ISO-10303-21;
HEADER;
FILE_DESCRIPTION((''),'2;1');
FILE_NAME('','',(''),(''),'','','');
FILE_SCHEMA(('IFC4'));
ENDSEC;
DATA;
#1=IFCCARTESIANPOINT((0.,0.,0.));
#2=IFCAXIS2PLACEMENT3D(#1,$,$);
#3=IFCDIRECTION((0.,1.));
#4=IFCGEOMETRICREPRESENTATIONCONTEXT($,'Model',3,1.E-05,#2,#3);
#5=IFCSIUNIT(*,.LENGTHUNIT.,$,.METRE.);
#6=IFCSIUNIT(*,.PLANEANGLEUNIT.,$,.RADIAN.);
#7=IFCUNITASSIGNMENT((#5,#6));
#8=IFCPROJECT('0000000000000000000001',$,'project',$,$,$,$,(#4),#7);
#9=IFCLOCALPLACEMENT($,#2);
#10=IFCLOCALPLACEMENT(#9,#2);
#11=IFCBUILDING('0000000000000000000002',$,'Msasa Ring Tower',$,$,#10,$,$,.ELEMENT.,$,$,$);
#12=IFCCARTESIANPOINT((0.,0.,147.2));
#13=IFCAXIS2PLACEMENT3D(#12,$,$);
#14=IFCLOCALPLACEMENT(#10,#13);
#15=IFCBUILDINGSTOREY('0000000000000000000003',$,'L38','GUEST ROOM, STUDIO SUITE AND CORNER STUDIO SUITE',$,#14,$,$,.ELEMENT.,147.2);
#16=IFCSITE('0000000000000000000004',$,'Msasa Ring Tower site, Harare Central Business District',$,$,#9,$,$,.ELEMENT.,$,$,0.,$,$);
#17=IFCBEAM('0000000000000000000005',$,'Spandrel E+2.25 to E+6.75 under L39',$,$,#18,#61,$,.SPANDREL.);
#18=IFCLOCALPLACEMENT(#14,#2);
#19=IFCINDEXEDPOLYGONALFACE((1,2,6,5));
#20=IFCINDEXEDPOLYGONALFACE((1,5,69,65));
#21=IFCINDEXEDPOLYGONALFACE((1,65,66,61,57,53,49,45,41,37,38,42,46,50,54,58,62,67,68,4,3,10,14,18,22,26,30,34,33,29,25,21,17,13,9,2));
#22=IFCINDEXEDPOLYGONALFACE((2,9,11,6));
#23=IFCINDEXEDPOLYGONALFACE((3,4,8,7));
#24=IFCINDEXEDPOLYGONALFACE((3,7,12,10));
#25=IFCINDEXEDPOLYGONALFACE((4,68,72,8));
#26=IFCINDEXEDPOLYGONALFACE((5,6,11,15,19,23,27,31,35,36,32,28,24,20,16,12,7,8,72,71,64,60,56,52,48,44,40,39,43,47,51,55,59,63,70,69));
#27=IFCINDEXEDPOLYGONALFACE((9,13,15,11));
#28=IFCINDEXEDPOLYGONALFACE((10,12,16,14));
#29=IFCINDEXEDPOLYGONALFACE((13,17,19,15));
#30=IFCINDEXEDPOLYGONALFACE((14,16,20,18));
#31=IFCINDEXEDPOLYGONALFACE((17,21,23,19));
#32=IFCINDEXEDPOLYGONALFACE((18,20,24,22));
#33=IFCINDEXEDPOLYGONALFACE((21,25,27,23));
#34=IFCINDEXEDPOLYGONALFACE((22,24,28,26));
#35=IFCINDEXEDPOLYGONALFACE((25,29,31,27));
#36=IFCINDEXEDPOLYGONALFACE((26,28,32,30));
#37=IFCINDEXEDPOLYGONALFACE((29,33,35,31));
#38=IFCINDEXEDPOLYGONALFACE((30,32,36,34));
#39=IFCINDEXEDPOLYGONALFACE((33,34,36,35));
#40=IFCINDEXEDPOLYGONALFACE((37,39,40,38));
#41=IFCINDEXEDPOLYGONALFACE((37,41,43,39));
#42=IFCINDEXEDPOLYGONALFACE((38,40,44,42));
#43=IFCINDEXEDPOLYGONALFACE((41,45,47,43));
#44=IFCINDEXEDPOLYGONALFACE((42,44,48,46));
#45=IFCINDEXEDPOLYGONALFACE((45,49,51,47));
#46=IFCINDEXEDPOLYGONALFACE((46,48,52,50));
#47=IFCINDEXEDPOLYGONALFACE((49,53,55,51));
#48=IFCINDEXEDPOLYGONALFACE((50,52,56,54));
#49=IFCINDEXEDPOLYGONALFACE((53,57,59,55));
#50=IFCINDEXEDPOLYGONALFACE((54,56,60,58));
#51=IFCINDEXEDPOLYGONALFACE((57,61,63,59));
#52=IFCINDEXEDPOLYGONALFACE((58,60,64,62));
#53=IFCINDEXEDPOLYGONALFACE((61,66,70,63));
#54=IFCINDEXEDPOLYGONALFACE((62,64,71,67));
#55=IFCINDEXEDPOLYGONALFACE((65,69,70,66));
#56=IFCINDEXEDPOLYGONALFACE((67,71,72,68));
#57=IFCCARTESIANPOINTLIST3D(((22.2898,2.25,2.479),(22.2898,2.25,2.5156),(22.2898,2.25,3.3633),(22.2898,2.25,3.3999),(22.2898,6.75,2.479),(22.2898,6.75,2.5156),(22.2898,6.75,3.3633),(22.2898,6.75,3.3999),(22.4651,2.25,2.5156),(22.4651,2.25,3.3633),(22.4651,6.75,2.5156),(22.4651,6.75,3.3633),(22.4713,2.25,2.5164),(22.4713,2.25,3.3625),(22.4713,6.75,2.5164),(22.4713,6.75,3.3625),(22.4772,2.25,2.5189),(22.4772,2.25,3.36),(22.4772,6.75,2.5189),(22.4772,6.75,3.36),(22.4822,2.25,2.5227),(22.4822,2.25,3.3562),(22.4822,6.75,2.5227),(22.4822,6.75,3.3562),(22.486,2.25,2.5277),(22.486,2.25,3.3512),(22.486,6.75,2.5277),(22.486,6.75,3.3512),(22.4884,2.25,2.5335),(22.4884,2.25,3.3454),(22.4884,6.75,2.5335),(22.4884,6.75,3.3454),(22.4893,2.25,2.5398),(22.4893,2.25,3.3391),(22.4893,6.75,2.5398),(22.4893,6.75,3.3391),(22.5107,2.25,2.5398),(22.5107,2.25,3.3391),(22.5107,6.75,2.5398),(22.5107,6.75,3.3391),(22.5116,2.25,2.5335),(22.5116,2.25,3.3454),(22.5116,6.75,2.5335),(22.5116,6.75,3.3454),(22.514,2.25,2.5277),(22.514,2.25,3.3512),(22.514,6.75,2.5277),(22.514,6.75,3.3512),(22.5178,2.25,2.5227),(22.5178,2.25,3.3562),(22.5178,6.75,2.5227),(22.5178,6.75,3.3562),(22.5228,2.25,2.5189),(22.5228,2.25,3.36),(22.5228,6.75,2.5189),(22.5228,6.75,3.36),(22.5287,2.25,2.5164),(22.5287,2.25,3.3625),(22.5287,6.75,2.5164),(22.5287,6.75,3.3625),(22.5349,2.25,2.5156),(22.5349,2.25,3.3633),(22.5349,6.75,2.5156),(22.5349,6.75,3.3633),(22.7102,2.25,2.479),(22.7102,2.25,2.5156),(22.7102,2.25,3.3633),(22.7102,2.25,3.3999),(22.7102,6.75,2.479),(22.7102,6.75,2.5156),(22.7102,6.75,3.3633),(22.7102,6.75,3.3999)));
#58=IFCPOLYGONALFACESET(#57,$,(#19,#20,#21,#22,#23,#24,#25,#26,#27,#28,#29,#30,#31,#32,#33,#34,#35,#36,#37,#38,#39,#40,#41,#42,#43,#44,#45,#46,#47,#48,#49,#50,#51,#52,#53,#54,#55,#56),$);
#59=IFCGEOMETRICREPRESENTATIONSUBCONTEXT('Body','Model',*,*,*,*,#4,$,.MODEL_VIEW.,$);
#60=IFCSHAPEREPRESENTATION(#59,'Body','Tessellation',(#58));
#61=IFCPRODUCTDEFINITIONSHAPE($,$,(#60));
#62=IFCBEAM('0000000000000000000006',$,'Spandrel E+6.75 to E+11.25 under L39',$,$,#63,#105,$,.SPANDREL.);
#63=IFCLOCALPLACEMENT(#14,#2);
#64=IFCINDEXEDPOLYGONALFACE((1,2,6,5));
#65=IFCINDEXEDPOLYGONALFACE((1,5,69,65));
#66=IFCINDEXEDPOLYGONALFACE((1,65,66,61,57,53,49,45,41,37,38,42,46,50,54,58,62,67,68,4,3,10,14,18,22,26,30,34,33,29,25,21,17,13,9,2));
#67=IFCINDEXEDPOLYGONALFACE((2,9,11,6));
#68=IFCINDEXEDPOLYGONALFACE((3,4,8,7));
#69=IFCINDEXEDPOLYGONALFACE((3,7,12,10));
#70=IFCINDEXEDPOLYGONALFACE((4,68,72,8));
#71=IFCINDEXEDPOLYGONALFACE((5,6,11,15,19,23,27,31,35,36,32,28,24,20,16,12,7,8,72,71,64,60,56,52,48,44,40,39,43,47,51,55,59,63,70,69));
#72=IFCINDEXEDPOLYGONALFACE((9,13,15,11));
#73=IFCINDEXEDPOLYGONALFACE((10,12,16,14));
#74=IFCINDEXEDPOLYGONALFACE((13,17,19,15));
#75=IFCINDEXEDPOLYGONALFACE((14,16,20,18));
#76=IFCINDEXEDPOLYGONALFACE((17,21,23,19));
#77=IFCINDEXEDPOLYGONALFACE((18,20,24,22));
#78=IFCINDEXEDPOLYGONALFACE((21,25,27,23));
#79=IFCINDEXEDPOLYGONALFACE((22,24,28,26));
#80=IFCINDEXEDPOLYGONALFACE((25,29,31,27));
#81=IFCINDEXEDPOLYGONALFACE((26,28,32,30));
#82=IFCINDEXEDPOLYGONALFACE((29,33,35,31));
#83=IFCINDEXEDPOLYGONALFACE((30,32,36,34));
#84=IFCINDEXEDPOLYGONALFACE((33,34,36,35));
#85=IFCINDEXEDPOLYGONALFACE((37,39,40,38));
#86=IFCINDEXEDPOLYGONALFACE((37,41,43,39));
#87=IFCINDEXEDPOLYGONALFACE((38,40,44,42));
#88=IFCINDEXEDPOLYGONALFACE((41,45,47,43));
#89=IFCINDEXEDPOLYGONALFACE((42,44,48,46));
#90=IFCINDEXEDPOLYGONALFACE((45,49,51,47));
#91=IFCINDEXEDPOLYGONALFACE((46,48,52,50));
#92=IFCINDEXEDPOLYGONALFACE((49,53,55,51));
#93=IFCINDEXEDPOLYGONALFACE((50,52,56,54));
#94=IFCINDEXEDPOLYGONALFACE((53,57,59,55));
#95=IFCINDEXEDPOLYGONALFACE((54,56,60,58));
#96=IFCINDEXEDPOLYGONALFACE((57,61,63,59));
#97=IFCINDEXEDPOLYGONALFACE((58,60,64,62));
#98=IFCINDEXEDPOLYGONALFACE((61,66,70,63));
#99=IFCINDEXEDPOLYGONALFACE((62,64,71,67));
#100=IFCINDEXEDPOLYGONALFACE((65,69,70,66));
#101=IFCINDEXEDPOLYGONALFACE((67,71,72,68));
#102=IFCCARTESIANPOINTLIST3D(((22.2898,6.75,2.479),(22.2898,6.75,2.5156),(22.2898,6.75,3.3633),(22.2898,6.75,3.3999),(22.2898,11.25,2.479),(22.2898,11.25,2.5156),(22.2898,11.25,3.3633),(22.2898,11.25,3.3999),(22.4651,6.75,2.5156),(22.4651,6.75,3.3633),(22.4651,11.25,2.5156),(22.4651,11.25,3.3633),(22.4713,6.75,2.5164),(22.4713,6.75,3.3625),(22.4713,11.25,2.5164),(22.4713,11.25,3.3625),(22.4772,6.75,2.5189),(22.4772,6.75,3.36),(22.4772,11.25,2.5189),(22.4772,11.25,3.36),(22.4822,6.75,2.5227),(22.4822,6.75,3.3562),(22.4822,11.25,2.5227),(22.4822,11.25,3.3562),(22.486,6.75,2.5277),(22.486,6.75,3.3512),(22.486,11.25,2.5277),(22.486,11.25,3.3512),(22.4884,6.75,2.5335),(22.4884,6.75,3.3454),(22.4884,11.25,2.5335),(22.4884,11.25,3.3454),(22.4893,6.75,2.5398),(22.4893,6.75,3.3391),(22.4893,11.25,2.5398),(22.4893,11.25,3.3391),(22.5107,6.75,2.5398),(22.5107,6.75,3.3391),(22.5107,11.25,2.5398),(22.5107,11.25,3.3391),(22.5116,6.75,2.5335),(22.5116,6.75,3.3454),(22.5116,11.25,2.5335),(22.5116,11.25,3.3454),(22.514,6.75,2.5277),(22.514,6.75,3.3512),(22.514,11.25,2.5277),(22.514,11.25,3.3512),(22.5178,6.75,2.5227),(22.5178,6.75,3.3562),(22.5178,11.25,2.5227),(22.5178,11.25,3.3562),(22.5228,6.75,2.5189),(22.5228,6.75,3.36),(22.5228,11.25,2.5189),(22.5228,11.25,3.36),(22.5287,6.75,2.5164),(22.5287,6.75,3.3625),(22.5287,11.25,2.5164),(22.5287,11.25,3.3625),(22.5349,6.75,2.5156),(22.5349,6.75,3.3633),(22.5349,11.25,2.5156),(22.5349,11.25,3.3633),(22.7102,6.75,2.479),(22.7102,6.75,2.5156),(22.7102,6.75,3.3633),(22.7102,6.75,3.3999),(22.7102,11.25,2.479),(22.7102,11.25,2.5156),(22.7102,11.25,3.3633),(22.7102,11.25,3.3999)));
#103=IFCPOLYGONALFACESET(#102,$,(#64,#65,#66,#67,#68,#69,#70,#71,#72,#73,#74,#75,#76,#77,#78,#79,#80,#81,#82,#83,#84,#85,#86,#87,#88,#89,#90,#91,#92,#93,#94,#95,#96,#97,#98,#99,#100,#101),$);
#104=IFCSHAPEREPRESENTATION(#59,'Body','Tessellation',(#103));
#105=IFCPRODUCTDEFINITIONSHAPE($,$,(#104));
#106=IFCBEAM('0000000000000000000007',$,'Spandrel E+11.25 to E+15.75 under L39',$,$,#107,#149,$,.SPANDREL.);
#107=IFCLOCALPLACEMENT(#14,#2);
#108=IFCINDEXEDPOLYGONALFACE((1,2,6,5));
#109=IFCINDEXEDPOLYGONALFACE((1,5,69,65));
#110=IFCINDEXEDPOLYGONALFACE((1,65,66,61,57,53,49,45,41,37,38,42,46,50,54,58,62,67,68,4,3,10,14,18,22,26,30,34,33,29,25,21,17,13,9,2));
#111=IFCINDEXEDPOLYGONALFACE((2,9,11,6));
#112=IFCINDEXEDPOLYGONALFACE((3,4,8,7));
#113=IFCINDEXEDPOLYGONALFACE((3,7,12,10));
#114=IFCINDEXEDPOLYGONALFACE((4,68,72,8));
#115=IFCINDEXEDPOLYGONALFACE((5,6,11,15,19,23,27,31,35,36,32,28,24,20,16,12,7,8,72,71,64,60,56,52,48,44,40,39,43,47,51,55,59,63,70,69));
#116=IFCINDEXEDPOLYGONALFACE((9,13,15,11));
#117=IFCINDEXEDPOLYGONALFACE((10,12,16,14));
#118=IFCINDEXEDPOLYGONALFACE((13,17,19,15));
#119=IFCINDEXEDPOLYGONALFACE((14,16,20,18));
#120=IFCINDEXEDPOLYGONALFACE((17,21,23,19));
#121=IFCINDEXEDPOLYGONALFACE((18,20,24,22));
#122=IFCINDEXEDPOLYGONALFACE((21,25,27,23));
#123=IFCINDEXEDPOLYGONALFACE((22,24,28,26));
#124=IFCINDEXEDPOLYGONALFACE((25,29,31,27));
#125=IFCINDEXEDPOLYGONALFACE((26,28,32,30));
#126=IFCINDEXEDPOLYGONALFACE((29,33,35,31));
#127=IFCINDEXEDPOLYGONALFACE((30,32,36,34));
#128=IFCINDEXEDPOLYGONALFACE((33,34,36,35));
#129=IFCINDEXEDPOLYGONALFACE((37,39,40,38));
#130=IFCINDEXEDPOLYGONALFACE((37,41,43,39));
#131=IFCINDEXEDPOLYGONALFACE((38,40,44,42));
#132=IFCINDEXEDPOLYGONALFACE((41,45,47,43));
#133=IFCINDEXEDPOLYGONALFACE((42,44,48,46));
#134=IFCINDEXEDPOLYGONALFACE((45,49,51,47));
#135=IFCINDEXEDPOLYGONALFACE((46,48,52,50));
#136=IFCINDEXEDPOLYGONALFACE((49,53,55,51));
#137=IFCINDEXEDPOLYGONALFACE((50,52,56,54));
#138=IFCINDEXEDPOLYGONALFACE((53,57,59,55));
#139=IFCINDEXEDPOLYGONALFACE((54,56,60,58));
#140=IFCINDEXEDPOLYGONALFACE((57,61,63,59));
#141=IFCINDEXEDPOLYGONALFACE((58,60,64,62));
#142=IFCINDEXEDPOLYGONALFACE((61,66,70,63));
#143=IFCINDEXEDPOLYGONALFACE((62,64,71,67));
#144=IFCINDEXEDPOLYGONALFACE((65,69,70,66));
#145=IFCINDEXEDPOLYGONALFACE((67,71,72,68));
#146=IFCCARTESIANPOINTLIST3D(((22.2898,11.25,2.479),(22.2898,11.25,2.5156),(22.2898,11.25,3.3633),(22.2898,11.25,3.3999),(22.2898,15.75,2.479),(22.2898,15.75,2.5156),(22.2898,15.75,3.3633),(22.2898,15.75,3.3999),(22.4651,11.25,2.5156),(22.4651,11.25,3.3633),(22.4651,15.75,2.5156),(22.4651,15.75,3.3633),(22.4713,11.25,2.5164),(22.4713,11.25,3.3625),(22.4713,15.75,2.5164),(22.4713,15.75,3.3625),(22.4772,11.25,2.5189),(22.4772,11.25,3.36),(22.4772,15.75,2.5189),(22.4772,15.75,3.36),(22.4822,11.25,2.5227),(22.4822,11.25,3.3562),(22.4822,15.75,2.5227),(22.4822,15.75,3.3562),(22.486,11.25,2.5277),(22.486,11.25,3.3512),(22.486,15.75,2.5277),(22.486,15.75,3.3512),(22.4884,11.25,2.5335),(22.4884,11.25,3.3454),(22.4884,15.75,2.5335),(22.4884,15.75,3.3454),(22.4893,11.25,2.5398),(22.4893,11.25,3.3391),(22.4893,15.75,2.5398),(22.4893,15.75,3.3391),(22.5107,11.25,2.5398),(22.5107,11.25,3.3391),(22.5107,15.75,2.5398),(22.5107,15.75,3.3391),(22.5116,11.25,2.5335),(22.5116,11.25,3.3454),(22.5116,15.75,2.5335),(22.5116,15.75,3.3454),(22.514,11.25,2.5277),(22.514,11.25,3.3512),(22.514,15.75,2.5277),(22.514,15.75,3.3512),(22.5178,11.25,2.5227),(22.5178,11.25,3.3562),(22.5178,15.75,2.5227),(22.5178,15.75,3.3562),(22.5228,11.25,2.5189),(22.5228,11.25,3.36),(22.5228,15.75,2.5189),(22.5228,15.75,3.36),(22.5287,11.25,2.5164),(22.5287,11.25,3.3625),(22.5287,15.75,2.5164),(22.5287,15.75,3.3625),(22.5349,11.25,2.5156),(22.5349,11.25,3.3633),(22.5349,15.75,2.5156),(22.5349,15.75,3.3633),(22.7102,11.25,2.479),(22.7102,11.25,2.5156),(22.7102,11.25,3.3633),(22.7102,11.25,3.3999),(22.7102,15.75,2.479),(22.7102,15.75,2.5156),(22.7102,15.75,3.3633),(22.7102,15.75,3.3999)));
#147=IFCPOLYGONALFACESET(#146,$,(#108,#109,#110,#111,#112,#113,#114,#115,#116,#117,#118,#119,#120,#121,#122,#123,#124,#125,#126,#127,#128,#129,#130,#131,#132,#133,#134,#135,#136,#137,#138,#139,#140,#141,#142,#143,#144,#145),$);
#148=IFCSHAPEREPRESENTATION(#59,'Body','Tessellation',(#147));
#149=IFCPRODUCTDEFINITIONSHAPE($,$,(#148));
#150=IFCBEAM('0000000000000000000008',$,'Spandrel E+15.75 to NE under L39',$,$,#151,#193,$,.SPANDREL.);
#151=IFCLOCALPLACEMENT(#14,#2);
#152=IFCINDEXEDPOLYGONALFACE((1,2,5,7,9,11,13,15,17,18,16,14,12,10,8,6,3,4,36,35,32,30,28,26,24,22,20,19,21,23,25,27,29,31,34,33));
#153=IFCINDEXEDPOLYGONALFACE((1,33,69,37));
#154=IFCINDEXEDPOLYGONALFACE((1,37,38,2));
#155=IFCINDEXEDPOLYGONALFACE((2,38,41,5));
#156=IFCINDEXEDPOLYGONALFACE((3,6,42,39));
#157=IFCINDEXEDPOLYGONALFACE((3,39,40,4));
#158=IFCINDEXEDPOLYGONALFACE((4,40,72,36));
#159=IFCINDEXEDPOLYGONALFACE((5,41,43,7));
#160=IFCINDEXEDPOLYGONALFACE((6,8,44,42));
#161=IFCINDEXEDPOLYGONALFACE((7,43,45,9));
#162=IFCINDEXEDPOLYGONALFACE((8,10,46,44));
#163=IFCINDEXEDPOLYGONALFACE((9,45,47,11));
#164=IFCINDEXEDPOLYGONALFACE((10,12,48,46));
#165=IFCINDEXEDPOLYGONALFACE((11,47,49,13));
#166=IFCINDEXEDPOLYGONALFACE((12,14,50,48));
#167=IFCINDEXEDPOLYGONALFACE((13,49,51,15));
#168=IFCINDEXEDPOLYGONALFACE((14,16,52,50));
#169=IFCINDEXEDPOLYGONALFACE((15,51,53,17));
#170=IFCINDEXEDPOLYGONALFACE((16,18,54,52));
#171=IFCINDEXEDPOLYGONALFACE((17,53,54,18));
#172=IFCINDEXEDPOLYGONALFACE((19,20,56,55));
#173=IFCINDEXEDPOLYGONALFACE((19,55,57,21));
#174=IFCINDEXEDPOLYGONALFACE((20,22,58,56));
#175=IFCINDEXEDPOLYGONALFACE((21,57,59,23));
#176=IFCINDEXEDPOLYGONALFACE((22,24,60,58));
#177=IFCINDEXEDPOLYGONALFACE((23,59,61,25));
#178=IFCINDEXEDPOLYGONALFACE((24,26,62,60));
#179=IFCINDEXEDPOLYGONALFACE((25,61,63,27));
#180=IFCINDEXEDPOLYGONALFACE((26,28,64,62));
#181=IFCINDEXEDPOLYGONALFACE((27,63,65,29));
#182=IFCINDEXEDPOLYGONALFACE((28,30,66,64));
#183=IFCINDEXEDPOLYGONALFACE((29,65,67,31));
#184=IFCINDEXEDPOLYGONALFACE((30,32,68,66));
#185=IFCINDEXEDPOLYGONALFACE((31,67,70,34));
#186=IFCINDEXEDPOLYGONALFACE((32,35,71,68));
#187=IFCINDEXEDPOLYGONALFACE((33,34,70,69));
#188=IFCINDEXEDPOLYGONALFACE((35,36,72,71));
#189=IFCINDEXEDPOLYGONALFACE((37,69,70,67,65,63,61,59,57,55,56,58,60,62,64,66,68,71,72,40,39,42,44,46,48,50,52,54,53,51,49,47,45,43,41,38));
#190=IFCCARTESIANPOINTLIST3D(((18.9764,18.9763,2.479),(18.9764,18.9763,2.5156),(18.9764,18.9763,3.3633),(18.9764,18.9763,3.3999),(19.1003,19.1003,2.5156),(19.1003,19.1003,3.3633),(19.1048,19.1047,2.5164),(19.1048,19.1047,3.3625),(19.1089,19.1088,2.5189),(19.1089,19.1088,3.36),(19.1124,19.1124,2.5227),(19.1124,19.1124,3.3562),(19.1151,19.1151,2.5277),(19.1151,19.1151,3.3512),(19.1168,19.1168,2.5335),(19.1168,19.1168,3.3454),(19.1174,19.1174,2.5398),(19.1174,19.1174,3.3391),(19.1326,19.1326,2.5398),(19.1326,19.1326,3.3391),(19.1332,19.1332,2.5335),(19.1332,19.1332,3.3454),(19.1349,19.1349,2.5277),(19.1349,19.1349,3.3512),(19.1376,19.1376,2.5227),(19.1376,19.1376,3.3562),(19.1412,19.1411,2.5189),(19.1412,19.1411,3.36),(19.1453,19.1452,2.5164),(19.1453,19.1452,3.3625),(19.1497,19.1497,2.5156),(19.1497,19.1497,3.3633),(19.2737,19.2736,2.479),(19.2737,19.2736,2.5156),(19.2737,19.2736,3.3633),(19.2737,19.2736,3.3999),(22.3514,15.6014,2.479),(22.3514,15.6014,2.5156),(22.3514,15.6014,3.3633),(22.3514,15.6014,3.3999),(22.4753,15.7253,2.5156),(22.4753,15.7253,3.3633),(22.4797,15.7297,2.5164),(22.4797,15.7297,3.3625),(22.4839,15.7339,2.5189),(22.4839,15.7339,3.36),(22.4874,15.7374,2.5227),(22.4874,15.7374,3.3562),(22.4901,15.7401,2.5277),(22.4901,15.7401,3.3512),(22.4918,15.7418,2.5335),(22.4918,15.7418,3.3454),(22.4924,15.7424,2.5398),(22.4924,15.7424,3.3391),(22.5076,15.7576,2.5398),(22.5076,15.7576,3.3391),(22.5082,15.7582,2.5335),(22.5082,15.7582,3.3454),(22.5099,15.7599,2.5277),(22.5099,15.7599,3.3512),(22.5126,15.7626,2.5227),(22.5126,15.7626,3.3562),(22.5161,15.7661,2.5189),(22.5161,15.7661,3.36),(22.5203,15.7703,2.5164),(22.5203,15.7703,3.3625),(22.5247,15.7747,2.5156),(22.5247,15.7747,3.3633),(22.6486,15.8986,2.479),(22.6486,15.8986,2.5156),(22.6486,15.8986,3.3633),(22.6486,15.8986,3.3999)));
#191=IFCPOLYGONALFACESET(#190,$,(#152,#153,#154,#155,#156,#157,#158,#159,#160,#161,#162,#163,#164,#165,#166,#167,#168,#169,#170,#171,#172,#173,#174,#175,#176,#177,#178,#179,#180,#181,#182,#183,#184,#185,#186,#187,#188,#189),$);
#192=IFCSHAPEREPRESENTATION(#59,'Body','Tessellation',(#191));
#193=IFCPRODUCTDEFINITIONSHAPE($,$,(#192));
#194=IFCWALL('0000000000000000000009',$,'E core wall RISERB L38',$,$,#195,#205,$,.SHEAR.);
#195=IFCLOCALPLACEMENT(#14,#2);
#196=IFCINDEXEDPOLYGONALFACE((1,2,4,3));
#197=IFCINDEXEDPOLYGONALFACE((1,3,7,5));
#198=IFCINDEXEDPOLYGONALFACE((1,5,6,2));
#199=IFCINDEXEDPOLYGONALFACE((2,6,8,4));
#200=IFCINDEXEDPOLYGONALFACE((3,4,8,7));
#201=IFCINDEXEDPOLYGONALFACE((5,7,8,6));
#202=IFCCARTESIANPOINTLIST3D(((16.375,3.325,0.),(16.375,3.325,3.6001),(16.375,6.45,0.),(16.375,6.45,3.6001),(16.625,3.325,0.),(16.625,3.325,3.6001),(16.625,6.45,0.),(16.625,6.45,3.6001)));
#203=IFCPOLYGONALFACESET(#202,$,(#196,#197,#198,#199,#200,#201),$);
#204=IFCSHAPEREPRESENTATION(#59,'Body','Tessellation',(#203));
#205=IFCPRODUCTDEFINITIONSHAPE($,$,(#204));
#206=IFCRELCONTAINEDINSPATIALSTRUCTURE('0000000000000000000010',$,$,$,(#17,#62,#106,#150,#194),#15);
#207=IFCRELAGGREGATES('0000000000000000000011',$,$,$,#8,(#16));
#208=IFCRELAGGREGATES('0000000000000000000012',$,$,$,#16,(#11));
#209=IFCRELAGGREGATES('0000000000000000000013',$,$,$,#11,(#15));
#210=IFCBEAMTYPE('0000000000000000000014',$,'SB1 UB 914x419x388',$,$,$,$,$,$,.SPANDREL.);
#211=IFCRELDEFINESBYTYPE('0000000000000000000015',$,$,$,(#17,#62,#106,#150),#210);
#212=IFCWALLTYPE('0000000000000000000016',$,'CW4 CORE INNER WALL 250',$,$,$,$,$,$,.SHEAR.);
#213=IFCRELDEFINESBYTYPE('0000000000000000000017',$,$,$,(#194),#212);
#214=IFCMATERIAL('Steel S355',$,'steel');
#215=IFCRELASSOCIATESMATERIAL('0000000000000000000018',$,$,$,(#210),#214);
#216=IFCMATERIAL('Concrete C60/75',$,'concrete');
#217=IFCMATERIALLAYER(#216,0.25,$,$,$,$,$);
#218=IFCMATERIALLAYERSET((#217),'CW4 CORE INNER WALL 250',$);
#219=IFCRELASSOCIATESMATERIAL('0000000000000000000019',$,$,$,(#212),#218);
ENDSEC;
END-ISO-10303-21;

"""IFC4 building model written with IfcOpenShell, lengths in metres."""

from ifc_helpers import new_model, si_unit, direction, frame, frame_2d, origin, origin_2d, place, context, subcontext, project, spatial, rectangle, i_section, extrude, material, layer, layer_set, material_profile, profile_set, type_object, element, save


model = new_model("IFC4")

# Units and contexts
model_context = context("Model", 3, precision=1e-05, world=origin(), true_north=direction((0.0, 1.0)))
body_context = subcontext(model_context, "Body", "Model", "MODEL_VIEW")
ifc_project = project(units=[si_unit("LENGTHUNIT", "METRE"), si_unit("PLANEANGLEUNIT", "RADIAN")], contexts=[model_context])

# Site, building, storey
site_placement = place(None, origin())
site = spatial("IfcSite", under=ifc_project, at=site_placement, Name="Msasa Ring Tower site, Harare Central Business District", CompositionType="ELEMENT", RefElevation=0.0)
building_placement = place(site_placement, origin())
building = spatial("IfcBuilding", under=site, at=building_placement, Name="Msasa Ring Tower", CompositionType="ELEMENT")
storey_placement = place(building_placement, frame((0.0, 0.0, 147.2)))
storey = spatial("IfcBuildingStorey", under=building, at=storey_placement, Name="L38", Description="GUEST ROOM, STUDIO SUITE AND CORNER STUDIO SUITE", CompositionType="ELEMENT", Elevation=147.2)

# Beams
ifc_material_1 = material(Name="Steel S355", Category="steel")
ifc_material_profile_1 = material_profile(ifc_material_1, i_section(OverallWidth=0.4204, OverallDepth=0.9209, WebThickness=0.0215, FlangeThickness=0.0366, FilletRadius=0.0242, at=origin_2d()), Name="UB 914x419x388")
ifc_profile_set_1 = profile_set([ifc_material_profile_1], Name="Steel S355")
beam_type_1 = type_object("IfcBeamType", Name="SB1 UB 914x419x388", PredefinedType="SPANDREL", material=ifc_profile_set_1)
for number, where, z_axis, x_axis, name in (
    (1, (22.5, 2.25, 2.9395), (0.0, 1.0, 0.0), (-1.0, 0.0, 0.0), "Spandrel E+2.25 to E+6.75 under L39"),
    (2, (22.5, 6.75, 2.9395), (0.0, 1.0, 0.0), (-1.0, 0.0, 0.0), "Spandrel E+6.75 to E+11.25 under L39"),
    (3, (22.5, 11.25, 2.9395), (0.0, 1.0, 0.0), (-1.0, 0.0, 0.0), "Spandrel E+11.25 to E+15.75 under L39"),
):
    element("IfcBeam", number, at=place(storey_placement, frame(where, z_axis=z_axis, x_axis=x_axis)), inside=storey, type_object=beam_type_1, Name=name, PredefinedType="SPANDREL", context=body_context, shape_type="SweptSolid", body=[
        extrude(i_section(OverallWidth=0.4204, OverallDepth=0.9209, WebThickness=0.0215, FlangeThickness=0.0366, FilletRadius=0.0242, at=origin_2d()), origin(), (0.0, 0.0, 1.0), 4.5),
    ])
beam_1_placement = place(storey_placement, frame((22.5, 15.75, 2.9395), z_axis=(-0.707107, 0.707107, 0.0), x_axis=(-0.707107, -0.707107, 0.0)))
element("IfcBeam", 4, at=beam_1_placement, inside=storey, type_object=beam_type_1, Name="Spandrel E+15.75 to NE under L39", PredefinedType="SPANDREL", context=body_context, shape_type="SweptSolid", body=[
    extrude(i_section(OverallWidth=0.4204, OverallDepth=0.9209, WebThickness=0.0215, FlangeThickness=0.0366, FilletRadius=0.0242, at=origin_2d()), origin(), (0.0, 0.0, 1.0), 4.7729),
])

# Wall
ifc_material_2 = material(Name="Concrete C60/75", Category="concrete")
ifc_layer_1 = layer(ifc_material_2, 0.25)
ifc_layer_set_1 = layer_set([ifc_layer_1], Name="CW4 CORE INNER WALL 250")
wall_type_1 = type_object("IfcWallType", Name="CW4 CORE INNER WALL 250", PredefinedType="SHEAR", material=ifc_layer_set_1)
wall_1_placement = place(storey_placement, frame((16.5, 3.325, 0.0), z_axis=(0.0, 0.0, 1.0), x_axis=(0.0, 1.0, 0.0)))
element("IfcWall", 5, at=wall_1_placement, inside=storey, type_object=wall_type_1, Name="E core wall RISERB L38", PredefinedType="SHEAR", context=body_context, shape_type="SweptSolid", body=[
    extrude(rectangle(XDim=3.125, YDim=0.25, at=frame_2d((1.5625, 0.0))), origin(), (0.0, 0.0, 1.0), 3.6001),
])

save(model, "model.ifc")
